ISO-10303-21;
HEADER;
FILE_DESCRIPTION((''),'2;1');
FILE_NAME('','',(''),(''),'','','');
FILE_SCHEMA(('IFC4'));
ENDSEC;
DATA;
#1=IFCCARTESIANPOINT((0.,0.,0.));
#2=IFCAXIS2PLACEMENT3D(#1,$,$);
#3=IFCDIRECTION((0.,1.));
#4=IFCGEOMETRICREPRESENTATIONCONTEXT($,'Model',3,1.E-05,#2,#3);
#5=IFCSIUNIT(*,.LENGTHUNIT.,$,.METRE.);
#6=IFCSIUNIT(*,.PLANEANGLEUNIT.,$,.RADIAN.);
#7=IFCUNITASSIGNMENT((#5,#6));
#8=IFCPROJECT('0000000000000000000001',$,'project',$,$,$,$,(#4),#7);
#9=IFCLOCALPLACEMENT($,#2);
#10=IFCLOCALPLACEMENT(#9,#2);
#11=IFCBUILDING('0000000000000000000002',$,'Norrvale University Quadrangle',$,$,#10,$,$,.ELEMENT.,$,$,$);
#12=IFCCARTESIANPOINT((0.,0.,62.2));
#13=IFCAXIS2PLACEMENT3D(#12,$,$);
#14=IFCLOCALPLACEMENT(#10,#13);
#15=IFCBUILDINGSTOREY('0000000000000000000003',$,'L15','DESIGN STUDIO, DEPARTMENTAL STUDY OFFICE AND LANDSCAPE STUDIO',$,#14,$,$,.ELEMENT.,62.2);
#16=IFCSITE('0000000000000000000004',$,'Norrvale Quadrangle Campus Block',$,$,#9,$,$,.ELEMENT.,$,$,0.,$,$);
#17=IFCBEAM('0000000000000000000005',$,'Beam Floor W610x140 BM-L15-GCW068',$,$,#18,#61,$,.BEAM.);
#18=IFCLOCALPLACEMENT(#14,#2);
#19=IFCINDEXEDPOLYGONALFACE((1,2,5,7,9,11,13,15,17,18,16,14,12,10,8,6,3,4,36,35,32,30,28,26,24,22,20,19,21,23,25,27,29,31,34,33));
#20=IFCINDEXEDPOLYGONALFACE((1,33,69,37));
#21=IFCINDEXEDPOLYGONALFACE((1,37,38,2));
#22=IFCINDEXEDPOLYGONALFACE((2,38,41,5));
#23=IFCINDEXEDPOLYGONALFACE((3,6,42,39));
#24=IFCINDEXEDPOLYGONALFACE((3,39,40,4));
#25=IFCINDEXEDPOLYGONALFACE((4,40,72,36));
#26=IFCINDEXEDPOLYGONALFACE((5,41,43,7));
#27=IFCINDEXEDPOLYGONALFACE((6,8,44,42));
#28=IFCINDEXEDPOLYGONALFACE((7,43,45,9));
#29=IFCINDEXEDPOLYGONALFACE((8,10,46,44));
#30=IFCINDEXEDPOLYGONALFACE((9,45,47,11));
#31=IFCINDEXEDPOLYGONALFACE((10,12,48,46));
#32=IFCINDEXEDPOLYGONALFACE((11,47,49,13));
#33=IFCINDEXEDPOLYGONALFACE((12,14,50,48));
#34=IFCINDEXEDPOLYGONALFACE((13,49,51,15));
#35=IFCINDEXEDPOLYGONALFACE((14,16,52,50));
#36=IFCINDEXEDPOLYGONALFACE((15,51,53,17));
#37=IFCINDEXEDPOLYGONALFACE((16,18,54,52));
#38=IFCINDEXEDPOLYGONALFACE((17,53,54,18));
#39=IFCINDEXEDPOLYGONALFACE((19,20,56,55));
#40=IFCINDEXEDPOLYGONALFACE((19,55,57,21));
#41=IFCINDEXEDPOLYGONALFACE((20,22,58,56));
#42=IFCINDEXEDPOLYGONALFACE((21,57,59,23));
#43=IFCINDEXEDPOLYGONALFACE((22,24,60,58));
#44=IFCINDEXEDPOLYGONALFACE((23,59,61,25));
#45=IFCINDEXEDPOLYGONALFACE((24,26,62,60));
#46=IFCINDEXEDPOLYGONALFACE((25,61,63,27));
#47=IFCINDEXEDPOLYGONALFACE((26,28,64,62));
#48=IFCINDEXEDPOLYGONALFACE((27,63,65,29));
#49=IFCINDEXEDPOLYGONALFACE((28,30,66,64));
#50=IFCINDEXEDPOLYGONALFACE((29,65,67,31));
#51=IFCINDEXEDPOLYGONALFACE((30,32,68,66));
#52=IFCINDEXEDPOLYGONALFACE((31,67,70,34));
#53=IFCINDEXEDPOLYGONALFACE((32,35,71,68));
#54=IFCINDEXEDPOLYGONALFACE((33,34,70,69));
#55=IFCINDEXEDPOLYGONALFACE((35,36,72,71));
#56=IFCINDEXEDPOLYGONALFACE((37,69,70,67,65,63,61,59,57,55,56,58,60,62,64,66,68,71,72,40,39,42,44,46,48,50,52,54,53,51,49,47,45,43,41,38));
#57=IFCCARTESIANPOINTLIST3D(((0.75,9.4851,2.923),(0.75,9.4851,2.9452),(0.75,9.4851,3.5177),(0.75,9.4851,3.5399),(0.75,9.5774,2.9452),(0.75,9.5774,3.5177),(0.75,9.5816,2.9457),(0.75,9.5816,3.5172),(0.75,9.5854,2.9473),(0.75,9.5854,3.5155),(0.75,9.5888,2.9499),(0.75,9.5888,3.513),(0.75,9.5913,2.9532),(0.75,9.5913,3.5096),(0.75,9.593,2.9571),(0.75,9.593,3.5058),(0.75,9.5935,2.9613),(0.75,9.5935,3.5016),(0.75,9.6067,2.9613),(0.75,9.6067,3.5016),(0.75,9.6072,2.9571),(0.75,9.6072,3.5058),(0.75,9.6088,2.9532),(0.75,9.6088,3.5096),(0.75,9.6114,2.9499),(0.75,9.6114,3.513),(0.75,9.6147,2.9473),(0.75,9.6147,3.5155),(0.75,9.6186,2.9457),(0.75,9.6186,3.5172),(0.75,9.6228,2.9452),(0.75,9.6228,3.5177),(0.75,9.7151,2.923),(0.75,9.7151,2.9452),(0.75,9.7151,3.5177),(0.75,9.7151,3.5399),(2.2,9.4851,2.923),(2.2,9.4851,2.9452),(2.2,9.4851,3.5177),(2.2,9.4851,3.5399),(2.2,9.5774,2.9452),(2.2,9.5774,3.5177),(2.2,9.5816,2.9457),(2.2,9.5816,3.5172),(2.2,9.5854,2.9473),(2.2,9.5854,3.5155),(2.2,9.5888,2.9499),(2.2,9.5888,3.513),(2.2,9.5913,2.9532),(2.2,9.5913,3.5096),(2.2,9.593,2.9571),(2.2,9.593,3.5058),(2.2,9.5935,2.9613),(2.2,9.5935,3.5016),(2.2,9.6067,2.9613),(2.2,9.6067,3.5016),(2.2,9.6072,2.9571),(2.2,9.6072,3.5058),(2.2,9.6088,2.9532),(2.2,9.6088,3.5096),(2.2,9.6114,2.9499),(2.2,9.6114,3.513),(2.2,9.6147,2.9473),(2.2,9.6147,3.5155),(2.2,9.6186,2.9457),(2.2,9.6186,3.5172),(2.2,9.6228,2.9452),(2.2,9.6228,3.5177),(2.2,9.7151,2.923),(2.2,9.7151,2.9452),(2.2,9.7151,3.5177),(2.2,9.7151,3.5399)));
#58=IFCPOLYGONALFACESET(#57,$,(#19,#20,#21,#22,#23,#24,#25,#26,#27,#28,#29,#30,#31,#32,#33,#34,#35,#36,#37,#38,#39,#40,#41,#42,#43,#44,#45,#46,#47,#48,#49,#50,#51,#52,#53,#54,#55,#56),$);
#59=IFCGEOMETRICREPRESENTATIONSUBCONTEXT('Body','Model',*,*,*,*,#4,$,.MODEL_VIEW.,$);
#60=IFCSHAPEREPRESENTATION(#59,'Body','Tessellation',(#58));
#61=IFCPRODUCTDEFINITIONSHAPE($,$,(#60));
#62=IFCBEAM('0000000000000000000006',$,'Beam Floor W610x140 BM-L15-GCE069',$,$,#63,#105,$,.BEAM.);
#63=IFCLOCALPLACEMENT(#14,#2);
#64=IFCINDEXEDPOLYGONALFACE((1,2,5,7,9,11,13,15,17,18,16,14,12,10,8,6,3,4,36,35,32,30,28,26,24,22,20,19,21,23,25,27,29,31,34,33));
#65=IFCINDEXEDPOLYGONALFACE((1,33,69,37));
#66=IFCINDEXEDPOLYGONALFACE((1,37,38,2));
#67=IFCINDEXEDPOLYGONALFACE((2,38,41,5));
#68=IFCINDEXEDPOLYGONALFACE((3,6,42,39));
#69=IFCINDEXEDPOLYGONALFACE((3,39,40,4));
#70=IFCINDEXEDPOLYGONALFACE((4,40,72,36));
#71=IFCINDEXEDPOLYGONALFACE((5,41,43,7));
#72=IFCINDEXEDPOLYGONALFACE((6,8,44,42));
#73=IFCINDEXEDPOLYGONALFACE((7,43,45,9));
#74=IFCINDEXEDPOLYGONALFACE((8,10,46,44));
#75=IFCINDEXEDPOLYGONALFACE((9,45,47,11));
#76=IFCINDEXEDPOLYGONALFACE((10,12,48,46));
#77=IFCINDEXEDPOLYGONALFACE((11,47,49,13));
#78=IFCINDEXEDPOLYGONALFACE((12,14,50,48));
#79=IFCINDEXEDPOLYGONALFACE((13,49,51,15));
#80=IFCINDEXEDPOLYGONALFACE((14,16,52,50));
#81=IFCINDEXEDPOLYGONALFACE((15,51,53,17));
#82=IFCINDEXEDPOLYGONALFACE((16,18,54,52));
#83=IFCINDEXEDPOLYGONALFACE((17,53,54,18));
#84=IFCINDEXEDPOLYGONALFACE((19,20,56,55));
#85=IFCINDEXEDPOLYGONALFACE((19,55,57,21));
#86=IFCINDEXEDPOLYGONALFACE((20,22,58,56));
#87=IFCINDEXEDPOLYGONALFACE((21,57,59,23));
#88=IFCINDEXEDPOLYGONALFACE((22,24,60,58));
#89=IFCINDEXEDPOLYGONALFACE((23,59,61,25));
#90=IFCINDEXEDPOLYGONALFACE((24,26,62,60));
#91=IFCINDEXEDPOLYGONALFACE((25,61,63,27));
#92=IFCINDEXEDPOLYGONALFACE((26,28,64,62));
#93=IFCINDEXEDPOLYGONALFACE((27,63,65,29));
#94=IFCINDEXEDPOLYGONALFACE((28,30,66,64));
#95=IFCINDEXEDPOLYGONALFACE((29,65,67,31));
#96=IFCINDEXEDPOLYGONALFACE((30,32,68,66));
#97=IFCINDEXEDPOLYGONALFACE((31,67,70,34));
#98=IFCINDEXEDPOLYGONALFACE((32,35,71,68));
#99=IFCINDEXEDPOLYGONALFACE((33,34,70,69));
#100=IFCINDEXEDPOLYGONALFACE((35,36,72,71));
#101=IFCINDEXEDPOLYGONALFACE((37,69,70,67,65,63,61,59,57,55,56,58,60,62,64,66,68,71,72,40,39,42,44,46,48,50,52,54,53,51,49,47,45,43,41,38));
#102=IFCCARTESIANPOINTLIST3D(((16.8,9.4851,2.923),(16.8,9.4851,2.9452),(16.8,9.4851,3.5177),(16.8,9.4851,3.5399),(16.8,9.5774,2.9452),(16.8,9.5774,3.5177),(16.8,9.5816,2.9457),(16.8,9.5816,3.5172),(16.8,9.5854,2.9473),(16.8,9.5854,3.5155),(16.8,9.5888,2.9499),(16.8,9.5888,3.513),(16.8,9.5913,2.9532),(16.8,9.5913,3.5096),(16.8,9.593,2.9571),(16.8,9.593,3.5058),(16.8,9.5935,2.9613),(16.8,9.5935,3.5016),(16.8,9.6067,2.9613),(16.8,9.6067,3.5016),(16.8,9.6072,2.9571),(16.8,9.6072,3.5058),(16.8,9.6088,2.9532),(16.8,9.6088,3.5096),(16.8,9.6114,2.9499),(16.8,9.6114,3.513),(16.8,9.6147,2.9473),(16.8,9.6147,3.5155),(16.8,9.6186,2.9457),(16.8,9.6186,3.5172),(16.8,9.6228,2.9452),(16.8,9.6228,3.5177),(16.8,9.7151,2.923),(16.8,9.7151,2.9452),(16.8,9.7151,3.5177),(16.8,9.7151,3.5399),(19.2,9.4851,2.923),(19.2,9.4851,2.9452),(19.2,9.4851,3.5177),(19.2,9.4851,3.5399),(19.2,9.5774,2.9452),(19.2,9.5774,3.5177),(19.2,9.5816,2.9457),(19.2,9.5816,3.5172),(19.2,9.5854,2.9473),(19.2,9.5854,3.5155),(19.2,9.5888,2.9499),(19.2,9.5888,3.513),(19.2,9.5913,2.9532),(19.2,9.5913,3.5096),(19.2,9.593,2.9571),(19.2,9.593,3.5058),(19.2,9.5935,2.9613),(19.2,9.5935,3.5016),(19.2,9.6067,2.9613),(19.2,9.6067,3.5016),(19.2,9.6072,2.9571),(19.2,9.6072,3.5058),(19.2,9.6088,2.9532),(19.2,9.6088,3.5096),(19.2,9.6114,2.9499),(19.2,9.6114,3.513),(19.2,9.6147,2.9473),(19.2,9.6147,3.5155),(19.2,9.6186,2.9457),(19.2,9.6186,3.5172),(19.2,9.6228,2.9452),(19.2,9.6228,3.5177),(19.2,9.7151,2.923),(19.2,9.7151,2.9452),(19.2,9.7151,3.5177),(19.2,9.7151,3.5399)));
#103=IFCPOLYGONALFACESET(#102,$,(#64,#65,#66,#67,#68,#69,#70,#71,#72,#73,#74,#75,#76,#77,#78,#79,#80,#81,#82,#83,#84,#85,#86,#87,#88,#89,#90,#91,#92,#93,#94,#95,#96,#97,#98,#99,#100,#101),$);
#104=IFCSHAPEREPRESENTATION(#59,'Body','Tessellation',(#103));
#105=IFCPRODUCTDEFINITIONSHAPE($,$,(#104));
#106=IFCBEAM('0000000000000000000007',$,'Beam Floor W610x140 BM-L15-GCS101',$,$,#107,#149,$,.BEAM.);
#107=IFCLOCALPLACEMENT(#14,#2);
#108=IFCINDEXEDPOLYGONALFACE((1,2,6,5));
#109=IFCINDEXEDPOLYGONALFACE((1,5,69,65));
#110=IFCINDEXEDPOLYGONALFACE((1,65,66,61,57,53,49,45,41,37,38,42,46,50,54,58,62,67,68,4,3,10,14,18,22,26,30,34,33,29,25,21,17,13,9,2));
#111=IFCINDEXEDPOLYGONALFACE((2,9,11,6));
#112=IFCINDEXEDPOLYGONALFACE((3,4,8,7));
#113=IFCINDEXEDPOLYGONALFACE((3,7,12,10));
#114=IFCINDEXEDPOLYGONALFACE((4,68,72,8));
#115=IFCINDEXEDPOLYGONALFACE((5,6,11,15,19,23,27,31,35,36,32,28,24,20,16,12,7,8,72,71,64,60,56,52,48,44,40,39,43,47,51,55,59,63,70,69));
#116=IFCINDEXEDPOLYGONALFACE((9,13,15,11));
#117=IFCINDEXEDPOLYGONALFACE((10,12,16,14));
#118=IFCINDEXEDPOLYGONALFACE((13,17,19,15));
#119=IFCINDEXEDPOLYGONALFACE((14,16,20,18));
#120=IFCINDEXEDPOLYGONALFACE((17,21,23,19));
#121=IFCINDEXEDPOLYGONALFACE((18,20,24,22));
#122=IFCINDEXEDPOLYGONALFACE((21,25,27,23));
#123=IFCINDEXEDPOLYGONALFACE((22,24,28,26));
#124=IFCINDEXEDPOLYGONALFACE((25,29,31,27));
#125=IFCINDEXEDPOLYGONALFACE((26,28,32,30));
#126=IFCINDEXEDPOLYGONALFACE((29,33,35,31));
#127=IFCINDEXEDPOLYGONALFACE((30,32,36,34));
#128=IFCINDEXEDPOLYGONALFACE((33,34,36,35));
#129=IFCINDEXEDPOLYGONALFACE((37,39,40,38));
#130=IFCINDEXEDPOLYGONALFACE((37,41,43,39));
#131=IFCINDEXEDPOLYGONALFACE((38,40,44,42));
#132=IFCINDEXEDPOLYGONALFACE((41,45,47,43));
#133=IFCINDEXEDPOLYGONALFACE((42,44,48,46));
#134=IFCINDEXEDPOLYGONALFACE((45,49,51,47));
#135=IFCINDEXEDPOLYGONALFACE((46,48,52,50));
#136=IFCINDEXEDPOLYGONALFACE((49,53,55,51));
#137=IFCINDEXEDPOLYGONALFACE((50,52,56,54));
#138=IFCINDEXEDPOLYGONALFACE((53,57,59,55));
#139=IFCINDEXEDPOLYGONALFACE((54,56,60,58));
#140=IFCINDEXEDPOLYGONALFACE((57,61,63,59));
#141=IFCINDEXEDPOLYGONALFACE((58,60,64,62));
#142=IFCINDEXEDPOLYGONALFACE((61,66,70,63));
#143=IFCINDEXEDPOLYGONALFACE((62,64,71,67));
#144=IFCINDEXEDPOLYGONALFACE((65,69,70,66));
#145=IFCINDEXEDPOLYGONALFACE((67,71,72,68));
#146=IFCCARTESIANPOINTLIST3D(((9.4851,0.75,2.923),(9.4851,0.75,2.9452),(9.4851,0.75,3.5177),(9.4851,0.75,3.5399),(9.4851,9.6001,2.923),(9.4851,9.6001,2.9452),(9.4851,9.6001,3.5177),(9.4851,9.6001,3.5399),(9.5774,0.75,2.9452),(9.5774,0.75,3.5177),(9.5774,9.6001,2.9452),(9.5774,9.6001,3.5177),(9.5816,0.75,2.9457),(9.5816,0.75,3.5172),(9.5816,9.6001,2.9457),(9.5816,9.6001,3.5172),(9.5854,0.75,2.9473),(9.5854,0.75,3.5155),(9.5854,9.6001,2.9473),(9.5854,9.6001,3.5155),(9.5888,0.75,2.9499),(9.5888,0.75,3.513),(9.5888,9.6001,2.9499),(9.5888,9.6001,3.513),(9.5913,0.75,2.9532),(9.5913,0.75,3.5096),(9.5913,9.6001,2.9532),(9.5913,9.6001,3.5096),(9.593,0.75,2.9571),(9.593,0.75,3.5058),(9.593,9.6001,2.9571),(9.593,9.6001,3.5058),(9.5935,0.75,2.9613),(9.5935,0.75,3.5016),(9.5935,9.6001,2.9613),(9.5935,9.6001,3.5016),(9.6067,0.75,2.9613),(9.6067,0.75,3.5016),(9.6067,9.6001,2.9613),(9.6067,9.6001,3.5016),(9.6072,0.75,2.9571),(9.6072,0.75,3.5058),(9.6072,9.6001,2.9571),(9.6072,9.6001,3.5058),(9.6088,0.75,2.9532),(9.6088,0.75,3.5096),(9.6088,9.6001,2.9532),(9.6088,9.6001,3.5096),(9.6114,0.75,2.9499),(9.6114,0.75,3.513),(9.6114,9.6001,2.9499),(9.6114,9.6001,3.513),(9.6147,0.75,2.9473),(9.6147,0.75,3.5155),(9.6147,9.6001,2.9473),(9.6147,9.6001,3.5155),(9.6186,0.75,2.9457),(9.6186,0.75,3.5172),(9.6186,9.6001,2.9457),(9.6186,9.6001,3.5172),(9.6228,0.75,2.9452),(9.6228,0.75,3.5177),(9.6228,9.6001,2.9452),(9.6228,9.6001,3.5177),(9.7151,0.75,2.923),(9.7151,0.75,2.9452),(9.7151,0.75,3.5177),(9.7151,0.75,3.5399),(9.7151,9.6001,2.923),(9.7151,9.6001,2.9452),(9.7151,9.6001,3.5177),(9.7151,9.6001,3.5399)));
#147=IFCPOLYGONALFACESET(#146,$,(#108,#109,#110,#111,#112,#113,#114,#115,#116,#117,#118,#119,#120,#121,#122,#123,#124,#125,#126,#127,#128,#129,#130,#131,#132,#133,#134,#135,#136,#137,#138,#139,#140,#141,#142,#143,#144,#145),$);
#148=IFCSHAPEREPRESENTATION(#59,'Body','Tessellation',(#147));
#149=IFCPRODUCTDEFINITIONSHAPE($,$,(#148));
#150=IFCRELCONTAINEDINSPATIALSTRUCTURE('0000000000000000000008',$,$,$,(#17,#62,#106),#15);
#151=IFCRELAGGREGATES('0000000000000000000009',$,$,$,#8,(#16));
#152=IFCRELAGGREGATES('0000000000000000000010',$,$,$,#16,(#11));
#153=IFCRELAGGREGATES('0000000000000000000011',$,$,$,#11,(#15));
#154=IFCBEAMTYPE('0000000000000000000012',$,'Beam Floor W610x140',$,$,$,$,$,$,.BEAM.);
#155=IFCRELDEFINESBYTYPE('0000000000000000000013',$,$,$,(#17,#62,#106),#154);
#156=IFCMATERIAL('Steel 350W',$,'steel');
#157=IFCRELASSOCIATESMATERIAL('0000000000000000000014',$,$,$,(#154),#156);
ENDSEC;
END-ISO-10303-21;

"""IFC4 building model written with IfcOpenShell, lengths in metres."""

from ifc_helpers import new_model, si_unit, direction, frame, origin, origin_2d, place, context, subcontext, project, spatial, i_section, extrude, material, material_profile, profile_set, type_object, element, save


model = new_model("IFC4")

# Units and contexts
model_context = context("Model", 3, precision=1e-05, world=origin(), true_north=direction((0.0, 1.0)))
body_context = subcontext(model_context, "Body", "Model", "MODEL_VIEW")
ifc_project = project(units=[si_unit("LENGTHUNIT", "METRE"), si_unit("PLANEANGLEUNIT", "RADIAN")], contexts=[model_context])

# Site, building, storey
site_placement = place(None, origin())
site = spatial("IfcSite", under=ifc_project, at=site_placement, Name="Norrvale Quadrangle Campus Block", CompositionType="ELEMENT", RefElevation=0.0)
building_placement = place(site_placement, origin())
building = spatial("IfcBuilding", under=site, at=building_placement, Name="Norrvale University Quadrangle", CompositionType="ELEMENT")
storey_placement = place(building_placement, frame((0.0, 0.0, 62.2)))
storey = spatial("IfcBuildingStorey", under=building, at=storey_placement, Name="L15", Description="DESIGN STUDIO, DEPARTMENTAL STUDY OFFICE AND LANDSCAPE STUDIO", CompositionType="ELEMENT", Elevation=62.2)

# Beams
ifc_material_1 = material(Name="Steel 350W", Category="steel")
ifc_material_profile_1 = material_profile(ifc_material_1, i_section(OverallWidth=0.23, OverallDepth=0.6169, WebThickness=0.0132, FlangeThickness=0.0222, FilletRadius=0.0161, at=origin_2d()), Name="Steel 350W")
ifc_profile_set_1 = profile_set([ifc_material_profile_1], Name="Steel 350W")
beam_type_1 = type_object("IfcBeamType", Name="Beam Floor W610x140", PredefinedType="BEAM", material=ifc_profile_set_1)
beam_1_placement = place(storey_placement, frame((0.75, 9.6001, 3.2314), z_axis=(1.0, 0.0, 0.0), x_axis=(0.0, 1.0, 0.0)))
element("IfcBeam", 1, at=beam_1_placement, inside=storey, type_object=beam_type_1, Name="Beam Floor W610x140 BM-L15-GCW068", PredefinedType="BEAM", context=body_context, shape_type="SweptSolid", body=[
    extrude(i_section(OverallWidth=0.23, OverallDepth=0.6169, WebThickness=0.0132, FlangeThickness=0.0222, FilletRadius=0.0161, at=origin_2d()), origin(), (0.0, 0.0, 1.0), 1.45),
])
beam_2_placement = place(storey_placement, frame((16.8, 9.6001, 3.2314), z_axis=(1.0, 0.0, 0.0), x_axis=(0.0, 1.0, 0.0)))
element("IfcBeam", 2, at=beam_2_placement, inside=storey, type_object=beam_type_1, Name="Beam Floor W610x140 BM-L15-GCE069", PredefinedType="BEAM", context=body_context, shape_type="SweptSolid", body=[
    extrude(i_section(OverallWidth=0.23, OverallDepth=0.6169, WebThickness=0.0132, FlangeThickness=0.0222, FilletRadius=0.0161, at=origin_2d()), origin(), (0.0, 0.0, 1.0), 2.3999),
])
beam_3_placement = place(storey_placement, frame((9.6001, 0.75, 3.2314), z_axis=(0.0, 1.0, 0.0), x_axis=(-1.0, 0.0, 0.0)))
element("IfcBeam", 3, at=beam_3_placement, inside=storey, type_object=beam_type_1, Name="Beam Floor W610x140 BM-L15-GCS101", PredefinedType="BEAM", context=body_context, shape_type="SweptSolid", body=[
    extrude(i_section(OverallWidth=0.23, OverallDepth=0.6169, WebThickness=0.0132, FlangeThickness=0.0222, FilletRadius=0.0161, at=origin_2d()), origin(), (0.0, 0.0, 1.0), 8.8501),
])

save(model, "model.ifc")
